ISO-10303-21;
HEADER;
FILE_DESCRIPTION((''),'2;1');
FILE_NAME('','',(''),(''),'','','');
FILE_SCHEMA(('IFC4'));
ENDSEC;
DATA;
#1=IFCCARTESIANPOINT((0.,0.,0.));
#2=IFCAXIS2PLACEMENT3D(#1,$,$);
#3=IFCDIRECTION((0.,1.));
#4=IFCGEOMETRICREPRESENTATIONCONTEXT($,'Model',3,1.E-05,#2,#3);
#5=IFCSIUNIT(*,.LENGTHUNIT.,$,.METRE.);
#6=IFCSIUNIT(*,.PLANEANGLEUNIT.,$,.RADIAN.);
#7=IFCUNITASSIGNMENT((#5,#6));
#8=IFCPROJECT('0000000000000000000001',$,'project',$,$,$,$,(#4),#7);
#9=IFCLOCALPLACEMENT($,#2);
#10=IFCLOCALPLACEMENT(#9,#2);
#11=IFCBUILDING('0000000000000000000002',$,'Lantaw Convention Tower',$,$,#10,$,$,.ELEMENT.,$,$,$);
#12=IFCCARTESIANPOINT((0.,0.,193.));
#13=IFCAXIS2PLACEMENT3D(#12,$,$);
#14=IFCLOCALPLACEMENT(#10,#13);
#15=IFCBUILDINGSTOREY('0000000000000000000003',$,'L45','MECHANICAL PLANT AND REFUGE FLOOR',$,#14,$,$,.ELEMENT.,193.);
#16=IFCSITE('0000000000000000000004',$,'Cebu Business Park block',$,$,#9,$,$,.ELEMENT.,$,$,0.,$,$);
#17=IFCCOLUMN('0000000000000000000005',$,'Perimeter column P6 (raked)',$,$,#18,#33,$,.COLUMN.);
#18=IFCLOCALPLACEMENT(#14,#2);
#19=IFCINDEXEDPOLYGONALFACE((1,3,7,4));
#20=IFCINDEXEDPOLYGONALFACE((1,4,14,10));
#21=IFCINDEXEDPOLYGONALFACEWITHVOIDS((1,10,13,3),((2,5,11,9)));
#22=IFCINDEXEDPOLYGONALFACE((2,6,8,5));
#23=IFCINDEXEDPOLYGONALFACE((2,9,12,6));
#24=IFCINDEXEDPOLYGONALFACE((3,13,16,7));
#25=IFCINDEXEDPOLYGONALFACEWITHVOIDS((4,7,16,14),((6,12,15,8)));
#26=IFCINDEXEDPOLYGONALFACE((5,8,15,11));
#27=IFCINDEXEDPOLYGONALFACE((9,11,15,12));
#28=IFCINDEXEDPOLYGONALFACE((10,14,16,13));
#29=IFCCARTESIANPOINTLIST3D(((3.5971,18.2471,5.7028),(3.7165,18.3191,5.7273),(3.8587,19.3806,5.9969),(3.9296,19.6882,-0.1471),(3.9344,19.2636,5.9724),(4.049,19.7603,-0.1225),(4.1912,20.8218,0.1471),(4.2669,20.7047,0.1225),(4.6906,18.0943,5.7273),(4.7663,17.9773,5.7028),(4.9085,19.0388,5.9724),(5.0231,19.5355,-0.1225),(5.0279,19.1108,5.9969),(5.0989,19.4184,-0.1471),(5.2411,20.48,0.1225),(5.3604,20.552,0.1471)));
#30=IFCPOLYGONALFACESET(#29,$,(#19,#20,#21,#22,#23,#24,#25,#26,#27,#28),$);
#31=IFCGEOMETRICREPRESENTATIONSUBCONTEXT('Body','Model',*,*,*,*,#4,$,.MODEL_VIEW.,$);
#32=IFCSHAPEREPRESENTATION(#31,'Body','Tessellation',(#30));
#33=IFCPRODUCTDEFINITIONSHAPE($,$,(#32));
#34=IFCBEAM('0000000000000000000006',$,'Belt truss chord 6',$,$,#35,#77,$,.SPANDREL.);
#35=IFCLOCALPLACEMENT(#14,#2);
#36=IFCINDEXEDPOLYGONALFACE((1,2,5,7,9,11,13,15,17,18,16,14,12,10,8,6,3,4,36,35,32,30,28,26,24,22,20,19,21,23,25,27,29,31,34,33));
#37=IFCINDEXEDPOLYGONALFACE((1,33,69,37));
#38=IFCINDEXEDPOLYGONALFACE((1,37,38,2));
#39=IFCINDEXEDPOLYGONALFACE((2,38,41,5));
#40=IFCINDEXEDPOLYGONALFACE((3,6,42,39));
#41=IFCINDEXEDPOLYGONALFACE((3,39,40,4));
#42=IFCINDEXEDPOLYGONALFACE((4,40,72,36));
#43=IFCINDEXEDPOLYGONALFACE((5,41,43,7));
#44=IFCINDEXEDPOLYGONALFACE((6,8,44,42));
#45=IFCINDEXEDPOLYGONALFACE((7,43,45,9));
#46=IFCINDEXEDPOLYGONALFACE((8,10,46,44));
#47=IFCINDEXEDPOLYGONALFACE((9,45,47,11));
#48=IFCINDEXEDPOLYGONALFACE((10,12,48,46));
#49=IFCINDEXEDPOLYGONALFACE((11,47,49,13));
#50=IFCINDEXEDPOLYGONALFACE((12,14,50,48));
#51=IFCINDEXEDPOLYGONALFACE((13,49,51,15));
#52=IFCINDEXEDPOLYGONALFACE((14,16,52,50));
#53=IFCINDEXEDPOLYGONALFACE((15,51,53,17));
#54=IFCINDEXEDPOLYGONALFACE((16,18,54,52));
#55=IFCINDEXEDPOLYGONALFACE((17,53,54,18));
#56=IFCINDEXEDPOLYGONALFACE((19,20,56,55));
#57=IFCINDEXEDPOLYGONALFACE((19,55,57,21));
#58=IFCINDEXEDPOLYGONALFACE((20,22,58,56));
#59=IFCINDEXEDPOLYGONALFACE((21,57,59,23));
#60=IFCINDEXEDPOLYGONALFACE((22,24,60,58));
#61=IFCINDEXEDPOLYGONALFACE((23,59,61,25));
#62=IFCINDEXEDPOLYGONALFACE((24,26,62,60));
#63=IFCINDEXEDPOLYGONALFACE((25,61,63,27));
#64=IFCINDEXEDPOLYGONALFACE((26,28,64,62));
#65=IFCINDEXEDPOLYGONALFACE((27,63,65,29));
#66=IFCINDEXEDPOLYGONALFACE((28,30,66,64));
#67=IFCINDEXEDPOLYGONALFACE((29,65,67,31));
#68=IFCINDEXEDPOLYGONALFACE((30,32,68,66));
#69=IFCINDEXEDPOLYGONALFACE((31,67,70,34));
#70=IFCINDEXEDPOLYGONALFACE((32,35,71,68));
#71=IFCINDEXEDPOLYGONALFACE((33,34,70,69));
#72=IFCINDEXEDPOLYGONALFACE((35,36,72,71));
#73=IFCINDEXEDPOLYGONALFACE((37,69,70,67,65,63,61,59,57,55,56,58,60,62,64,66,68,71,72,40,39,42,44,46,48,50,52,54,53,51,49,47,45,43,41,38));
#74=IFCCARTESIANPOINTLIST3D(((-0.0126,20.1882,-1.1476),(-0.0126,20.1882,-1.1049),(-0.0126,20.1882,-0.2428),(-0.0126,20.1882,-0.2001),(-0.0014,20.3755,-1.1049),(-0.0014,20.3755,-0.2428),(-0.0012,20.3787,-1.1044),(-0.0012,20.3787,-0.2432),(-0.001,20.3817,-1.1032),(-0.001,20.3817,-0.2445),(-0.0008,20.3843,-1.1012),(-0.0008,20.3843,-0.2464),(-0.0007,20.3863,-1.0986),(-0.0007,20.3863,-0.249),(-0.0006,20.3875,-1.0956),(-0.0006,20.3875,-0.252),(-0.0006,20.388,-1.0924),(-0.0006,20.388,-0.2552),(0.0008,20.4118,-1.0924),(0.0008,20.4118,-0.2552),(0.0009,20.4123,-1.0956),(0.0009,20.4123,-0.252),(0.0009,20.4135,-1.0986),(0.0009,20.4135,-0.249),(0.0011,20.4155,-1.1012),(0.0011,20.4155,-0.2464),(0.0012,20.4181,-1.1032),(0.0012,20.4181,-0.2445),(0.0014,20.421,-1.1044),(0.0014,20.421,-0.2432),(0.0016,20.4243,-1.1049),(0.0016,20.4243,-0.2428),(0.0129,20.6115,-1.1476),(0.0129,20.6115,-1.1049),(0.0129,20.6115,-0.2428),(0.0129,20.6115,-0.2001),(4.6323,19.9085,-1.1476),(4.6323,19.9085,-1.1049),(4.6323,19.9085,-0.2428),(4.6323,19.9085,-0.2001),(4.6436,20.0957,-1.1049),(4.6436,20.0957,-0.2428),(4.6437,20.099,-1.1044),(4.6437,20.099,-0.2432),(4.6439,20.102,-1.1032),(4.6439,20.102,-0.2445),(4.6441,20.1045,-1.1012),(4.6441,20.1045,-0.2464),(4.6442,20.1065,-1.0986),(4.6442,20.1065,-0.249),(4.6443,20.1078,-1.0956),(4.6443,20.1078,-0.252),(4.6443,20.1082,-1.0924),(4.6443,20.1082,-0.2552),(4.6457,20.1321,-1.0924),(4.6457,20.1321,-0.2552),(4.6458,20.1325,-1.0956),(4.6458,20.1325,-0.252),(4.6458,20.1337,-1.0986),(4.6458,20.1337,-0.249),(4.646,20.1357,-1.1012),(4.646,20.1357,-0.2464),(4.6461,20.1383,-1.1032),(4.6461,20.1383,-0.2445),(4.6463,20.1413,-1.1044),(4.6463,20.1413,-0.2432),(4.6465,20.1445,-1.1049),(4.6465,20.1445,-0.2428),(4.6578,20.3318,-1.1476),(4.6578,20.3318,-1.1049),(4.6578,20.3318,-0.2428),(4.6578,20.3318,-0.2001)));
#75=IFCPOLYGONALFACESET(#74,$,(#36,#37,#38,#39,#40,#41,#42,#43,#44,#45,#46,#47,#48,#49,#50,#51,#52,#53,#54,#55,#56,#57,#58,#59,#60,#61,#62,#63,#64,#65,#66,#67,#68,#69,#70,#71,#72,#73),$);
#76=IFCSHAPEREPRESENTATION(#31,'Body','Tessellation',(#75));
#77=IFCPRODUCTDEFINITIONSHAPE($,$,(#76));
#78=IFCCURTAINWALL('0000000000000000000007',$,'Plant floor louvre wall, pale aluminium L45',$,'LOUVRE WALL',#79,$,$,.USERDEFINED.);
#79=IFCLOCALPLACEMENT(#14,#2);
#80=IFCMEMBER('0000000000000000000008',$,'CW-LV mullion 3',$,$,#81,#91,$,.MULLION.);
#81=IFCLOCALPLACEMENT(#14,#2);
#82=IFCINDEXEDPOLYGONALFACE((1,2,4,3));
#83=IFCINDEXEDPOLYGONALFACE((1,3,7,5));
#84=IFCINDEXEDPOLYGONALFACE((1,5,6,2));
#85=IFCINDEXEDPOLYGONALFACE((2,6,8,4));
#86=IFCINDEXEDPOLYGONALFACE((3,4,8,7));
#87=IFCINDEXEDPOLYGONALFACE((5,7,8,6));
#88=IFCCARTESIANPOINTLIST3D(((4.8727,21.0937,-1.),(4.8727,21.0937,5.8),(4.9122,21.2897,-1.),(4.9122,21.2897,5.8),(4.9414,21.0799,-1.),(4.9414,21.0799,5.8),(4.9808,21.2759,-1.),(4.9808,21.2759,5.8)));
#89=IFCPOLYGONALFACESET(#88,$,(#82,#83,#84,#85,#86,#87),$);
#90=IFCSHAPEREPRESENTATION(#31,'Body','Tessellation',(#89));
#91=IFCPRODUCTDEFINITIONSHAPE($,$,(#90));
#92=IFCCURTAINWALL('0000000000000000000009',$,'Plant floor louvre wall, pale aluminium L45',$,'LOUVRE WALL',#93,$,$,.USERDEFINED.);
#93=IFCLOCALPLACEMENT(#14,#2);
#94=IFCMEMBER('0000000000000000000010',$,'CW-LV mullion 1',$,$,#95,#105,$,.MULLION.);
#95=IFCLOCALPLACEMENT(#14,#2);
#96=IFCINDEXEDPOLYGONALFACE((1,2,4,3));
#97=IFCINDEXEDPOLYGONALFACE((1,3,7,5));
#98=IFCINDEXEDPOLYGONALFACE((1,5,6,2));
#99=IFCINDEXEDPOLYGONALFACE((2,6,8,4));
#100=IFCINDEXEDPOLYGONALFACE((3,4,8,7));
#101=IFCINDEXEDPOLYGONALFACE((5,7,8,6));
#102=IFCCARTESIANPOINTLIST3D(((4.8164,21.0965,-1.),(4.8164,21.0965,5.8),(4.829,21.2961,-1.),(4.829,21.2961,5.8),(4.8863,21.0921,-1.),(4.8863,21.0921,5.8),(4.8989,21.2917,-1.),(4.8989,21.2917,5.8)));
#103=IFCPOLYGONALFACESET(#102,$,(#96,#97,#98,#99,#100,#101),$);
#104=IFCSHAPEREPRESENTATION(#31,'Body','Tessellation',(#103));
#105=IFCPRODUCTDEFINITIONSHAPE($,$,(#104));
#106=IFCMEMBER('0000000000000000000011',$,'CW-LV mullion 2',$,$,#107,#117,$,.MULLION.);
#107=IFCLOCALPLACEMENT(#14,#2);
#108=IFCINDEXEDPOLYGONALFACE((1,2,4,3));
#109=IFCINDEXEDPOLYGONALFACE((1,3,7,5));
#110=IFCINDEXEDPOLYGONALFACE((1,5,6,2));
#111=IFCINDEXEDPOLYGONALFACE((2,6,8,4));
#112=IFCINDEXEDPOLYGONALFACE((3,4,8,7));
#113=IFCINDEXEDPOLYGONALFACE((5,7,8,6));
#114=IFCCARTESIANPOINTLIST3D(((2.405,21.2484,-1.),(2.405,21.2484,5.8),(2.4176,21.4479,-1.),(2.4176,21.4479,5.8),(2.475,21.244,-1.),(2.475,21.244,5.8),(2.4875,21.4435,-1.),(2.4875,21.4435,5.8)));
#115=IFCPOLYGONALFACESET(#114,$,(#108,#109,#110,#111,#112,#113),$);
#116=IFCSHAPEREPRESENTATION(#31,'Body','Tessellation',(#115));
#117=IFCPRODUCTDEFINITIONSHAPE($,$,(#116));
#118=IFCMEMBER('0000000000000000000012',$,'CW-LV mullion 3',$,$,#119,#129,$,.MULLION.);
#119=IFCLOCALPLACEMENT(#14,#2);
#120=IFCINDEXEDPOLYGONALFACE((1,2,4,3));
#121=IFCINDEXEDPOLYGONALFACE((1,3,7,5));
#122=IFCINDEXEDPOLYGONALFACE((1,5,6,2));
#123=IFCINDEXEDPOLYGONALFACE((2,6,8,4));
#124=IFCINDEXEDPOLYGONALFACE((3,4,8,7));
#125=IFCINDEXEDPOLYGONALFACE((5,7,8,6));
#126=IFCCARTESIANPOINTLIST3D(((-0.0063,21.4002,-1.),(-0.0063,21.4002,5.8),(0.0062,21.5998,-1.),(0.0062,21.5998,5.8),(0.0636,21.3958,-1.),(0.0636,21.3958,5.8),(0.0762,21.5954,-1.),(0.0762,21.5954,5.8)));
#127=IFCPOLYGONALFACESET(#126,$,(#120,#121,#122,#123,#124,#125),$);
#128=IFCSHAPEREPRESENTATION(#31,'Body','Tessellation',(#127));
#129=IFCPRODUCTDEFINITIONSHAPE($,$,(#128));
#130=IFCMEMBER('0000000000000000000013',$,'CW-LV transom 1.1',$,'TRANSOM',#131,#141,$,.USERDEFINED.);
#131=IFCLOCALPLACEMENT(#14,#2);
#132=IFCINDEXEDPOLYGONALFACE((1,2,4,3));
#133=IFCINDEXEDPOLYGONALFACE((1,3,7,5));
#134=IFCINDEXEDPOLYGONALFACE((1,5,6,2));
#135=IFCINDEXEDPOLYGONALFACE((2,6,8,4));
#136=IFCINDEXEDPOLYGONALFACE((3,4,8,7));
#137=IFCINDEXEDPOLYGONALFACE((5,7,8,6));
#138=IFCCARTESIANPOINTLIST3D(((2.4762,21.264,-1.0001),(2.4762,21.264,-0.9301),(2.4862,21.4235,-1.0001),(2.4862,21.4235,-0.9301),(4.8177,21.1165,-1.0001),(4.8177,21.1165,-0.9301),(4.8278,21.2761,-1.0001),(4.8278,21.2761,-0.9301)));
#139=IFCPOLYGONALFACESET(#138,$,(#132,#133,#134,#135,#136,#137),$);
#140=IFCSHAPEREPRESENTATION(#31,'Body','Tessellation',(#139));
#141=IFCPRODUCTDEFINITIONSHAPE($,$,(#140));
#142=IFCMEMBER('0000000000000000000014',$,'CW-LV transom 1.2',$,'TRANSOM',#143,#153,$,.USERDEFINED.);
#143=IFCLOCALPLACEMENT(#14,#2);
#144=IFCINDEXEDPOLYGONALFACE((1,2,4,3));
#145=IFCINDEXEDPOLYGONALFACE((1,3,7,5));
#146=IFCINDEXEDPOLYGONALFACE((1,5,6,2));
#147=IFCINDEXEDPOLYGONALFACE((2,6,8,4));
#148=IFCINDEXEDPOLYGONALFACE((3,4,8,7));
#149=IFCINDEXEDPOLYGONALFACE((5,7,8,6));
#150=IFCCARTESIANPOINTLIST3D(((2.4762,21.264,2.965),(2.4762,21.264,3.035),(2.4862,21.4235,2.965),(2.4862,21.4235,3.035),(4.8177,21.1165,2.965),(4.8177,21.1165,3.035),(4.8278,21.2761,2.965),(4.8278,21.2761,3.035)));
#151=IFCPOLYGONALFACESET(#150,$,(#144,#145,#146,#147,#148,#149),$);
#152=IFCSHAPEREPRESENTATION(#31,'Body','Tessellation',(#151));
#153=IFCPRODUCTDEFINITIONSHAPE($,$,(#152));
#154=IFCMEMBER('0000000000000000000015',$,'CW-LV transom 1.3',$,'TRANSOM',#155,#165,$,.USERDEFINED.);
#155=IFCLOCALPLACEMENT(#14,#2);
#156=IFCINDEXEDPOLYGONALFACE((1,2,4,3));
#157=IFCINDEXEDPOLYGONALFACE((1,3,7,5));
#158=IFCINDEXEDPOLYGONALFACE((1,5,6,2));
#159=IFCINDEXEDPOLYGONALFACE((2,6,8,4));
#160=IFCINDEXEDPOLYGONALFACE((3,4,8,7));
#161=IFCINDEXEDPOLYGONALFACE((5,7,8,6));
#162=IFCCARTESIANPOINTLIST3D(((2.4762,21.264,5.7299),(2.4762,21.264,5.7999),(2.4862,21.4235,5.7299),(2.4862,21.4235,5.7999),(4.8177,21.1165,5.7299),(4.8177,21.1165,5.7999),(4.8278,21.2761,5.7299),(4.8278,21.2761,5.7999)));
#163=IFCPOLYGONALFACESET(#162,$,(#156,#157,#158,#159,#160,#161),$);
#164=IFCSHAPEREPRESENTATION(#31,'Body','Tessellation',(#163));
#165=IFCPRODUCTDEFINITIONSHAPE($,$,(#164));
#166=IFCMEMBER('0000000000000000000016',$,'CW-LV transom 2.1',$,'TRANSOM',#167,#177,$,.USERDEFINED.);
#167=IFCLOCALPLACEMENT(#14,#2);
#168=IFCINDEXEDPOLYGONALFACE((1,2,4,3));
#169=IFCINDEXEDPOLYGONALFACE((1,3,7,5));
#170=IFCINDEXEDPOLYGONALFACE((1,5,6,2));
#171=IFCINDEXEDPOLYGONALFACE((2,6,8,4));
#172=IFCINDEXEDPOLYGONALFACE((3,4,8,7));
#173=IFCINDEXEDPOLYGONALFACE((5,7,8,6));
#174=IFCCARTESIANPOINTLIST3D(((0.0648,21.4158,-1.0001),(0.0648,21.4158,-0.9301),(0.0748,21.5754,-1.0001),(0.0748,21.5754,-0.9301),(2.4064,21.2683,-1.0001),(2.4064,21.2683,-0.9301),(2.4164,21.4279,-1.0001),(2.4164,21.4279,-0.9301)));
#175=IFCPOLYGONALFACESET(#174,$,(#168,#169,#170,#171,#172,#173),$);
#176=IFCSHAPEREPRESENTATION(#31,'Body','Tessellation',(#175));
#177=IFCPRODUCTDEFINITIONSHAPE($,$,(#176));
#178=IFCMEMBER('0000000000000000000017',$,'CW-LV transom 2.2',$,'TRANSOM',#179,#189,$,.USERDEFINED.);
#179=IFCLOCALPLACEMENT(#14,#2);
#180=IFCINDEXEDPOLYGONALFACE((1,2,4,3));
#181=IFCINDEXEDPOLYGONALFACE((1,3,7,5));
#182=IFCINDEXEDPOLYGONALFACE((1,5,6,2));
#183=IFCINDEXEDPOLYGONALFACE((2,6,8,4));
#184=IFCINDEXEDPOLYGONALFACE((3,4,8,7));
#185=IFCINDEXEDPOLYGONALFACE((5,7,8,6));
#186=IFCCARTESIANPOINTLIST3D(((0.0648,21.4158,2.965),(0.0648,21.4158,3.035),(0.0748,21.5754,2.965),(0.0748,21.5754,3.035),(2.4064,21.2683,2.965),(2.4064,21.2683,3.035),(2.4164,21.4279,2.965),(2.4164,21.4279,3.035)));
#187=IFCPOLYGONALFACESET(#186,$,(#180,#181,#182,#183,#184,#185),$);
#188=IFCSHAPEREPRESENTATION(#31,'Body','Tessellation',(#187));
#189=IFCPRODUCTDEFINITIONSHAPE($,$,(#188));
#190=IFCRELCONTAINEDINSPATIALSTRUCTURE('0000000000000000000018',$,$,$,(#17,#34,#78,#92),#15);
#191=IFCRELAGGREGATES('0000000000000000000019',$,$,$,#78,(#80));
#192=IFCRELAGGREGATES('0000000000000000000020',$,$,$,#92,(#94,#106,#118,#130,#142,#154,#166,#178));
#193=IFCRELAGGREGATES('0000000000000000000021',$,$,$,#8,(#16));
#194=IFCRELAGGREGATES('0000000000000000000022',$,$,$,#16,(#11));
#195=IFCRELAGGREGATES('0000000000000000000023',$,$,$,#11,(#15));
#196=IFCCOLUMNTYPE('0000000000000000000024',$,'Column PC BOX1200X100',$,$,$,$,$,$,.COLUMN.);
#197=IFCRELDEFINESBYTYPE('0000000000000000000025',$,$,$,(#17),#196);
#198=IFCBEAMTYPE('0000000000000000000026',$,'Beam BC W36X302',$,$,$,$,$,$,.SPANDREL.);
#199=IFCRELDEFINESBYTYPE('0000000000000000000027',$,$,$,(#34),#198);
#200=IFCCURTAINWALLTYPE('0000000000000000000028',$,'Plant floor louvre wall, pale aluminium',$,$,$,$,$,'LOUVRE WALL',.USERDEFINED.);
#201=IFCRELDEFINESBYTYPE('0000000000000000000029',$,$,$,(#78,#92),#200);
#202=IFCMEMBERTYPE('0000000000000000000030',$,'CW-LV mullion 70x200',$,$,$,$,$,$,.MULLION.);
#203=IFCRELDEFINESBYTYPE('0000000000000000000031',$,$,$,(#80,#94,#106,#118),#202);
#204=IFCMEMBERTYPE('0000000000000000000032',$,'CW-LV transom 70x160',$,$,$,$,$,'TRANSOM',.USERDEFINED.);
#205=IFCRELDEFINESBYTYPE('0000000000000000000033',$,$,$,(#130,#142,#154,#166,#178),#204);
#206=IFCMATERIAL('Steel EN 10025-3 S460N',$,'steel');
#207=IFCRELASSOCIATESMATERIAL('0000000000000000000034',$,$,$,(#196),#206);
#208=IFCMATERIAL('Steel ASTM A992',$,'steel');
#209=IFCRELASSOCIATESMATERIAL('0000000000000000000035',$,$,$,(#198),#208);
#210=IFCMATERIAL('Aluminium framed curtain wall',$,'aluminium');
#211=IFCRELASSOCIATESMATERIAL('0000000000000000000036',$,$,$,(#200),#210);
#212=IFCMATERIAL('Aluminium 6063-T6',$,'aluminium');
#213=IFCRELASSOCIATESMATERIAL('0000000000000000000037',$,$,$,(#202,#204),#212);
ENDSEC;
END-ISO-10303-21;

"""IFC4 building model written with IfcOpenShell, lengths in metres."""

from ifc_helpers import new_model, si_unit, direction, frame, origin, origin_2d, place, context, subcontext, project, spatial, rectangle, hollow_rectangle, i_section, extrude, material, material_profile, profile_set, type_object, element, aggregate, save


model = new_model("IFC4")

# Units and contexts
model_context = context("Model", 3, precision=1e-05, world=origin(), true_north=direction((0.0, 1.0)))
body_context = subcontext(model_context, "Body", "Model", "MODEL_VIEW")
ifc_project = project(units=[si_unit("LENGTHUNIT", "METRE"), si_unit("PLANEANGLEUNIT", "RADIAN")], contexts=[model_context])

# Site, building, storey
site_placement = place(None, origin())
site = spatial("IfcSite", under=ifc_project, at=site_placement, Name="Cebu Business Park block", CompositionType="ELEMENT", RefElevation=0.0)
building_placement = place(site_placement, origin())
building = spatial("IfcBuilding", under=site, at=building_placement, Name="Lantaw Convention Tower", CompositionType="ELEMENT")
storey_placement = place(building_placement, frame((0.0, 0.0, 193.0)))
storey = spatial("IfcBuildingStorey", under=building, at=storey_placement, Name="L45", Description="MECHANICAL PLANT AND REFUGE FLOOR", CompositionType="ELEMENT", Elevation=193.0)

# Column
ifc_material_1 = material(Name="Steel EN 10025-3 S460N", Category="steel")
ifc_material_profile_1 = material_profile(ifc_material_1, hollow_rectangle(XDim=1.2, YDim=1.2, WallThickness=0.1001, at=origin_2d()), Name="BOX1200X100")
ifc_material_2 = material(Name="Concrete C60/75", Category="concrete")
ifc_material_profile_2 = material_profile(ifc_material_2, rectangle(XDim=1.0, YDim=1.0, at=origin_2d()), Name="Concrete fill of BOX1200X100")
ifc_profile_set_1 = profile_set([ifc_material_profile_1, ifc_material_profile_2], Name="Steel EN 10025-3 S460N")
column_type = type_object("IfcColumnType", Name="Column PC BOX1200X100", PredefinedType="COLUMN", material=ifc_profile_set_1)
column_placement = place(storey_placement, frame((4.645, 20.1201, 0.0), z_axis=(-0.055108, -0.238843, 0.969493), x_axis=(0.9744, -0.224823, 0.0)))
element("IfcColumn", 1, at=column_placement, inside=storey, type_object=column_type, Name="Perimeter column P6 (raked)", PredefinedType="COLUMN", context=body_context, shape_type="SweptSolid", body=[
    extrude(hollow_rectangle(XDim=1.2, YDim=1.2, WallThickness=0.1001, at=origin_2d()), origin(), (0.0, 0.0, 1.0), 6.0339),
])

# Beam
ifc_material_3 = material(Name="Steel ASTM A992", Category="steel")
ifc_material_profile_3 = material_profile(ifc_material_3, i_section(OverallWidth=0.4241, OverallDepth=0.9475, WebThickness=0.0239, FlangeThickness=0.0427, FilletRadius=0.0125, at=origin_2d()), Name="W36X302")
ifc_profile_set_2 = profile_set([ifc_material_profile_3], Name="Steel ASTM A992")
beam_type = type_object("IfcBeamType", Name="Beam BC W36X302", PredefinedType="SPANDREL", material=ifc_profile_set_2)
beam_placement = place(storey_placement, frame((4.645, 20.1201, -0.6738), z_axis=(-0.998191, 0.060124, 0.0), x_axis=(-0.060124, -0.998191, 0.0)))
element("IfcBeam", 2, at=beam_placement, inside=storey, type_object=beam_type, Name="Belt truss chord 6", PredefinedType="SPANDREL", context=body_context, shape_type="SweptSolid", body=[
    extrude(i_section(OverallWidth=0.4241, OverallDepth=0.9475, WebThickness=0.0239, FlangeThickness=0.0427, FilletRadius=0.0125, at=origin_2d()), origin(), (0.0, 0.0, 1.0), 4.6533),
])

# Curtain wall, member
ifc_material_4 = material(Name="Aluminium framed curtain wall", Category="aluminium")
curtain_wall_type = type_object("IfcCurtainWallType", Name="Plant floor louvre wall, pale aluminium", ElementType="LOUVRE WALL", PredefinedType="USERDEFINED", material=ifc_material_4)
curtain_wall_1_placement = place(storey_placement, origin())
curtain_wall_1 = element("IfcCurtainWall", 3, at=curtain_wall_1_placement, inside=storey, type_object=curtain_wall_type, Name="Plant floor louvre wall, pale aluminium L45", ObjectType="LOUVRE WALL", PredefinedType="USERDEFINED")
ifc_material_5 = material(Name="Aluminium 6063-T6", Category="aluminium")
ifc_material_profile_4 = material_profile(ifc_material_5, rectangle(XDim=0.2, YDim=0.0701, at=origin_2d()), Name="CW-LV mullion 70x200")
ifc_profile_set_3 = profile_set([ifc_material_profile_4], Name="Aluminium 6063-T6")
member_type_1 = type_object("IfcMemberType", Name="CW-LV mullion 70x200", PredefinedType="MULLION", material=ifc_profile_set_3)
member_1_placement = place(storey_placement, frame((4.9268, 21.1848, -1.0), z_axis=(0.0, 0.0, 1.0), x_axis=(-0.197507, -0.980302, 0.0)))
member_1 = element("IfcMember", 4, at=member_1_placement, type_object=member_type_1, Name="CW-LV mullion 3", PredefinedType="MULLION", context=body_context, shape_type="SweptSolid", body=[
    extrude(rectangle(XDim=0.2, YDim=0.0701, at=origin_2d()), origin(), (0.0, 0.0, 1.0), 6.8),
])
aggregate(curtain_wall_1, [member_1])

# Curtain wall, members
curtain_wall_2_placement = place(storey_placement, origin())
curtain_wall_2 = element("IfcCurtainWall", 5, at=curtain_wall_2_placement, inside=storey, type_object=curtain_wall_type, Name="Plant floor louvre wall, pale aluminium L45", ObjectType="LOUVRE WALL", PredefinedType="USERDEFINED")
member_2_placement = place(storey_placement, frame((4.8577, 21.1941, -1.0), z_axis=(0.0, 0.0, 1.0), x_axis=(-0.062865, -0.998022, 0.0)))
member_2 = element("IfcMember", 6, at=member_2_placement, type_object=member_type_1, Name="CW-LV mullion 1", PredefinedType="MULLION", context=body_context, shape_type="SweptSolid", body=[
    extrude(rectangle(XDim=0.2, YDim=0.0701, at=origin_2d()), origin(), (0.0, 0.0, 1.0), 6.8),
])
member_3_placement = place(storey_placement, frame((2.4463, 21.3459, -1.0), z_axis=(0.0, 0.0, 1.0), x_axis=(-0.062865, -0.998022, 0.0)))
member_3 = element("IfcMember", 7, at=member_3_placement, type_object=member_type_1, Name="CW-LV mullion 2", PredefinedType="MULLION", context=body_context, shape_type="SweptSolid", body=[
    extrude(rectangle(XDim=0.2, YDim=0.0701, at=origin_2d()), origin(), (0.0, 0.0, 1.0), 6.8),
])
member_4_placement = place(storey_placement, frame((0.0349, 21.4978, -1.0), z_axis=(0.0, 0.0, 1.0), x_axis=(-0.062865, -0.998022, 0.0)))
member_4 = element("IfcMember", 8, at=member_4_placement, type_object=member_type_1, Name="CW-LV mullion 3", PredefinedType="MULLION", context=body_context, shape_type="SweptSolid", body=[
    extrude(rectangle(XDim=0.2, YDim=0.0701, at=origin_2d()), origin(), (0.0, 0.0, 1.0), 6.8),
])
ifc_material_profile_5 = material_profile(ifc_material_5, rectangle(XDim=0.1599, YDim=0.0701, at=origin_2d()), Name="CW-LV transom 70x160")
ifc_profile_set_4 = profile_set([ifc_material_profile_5], Name="Aluminium 6063-T6")
member_type_2 = type_object("IfcMemberType", Name="CW-LV transom 70x160", ElementType="TRANSOM", PredefinedType="USERDEFINED", material=ifc_profile_set_4)
member_5_placement = place(storey_placement, frame((4.8228, 21.1963, -0.9651), z_axis=(-0.998023, 0.062851, 0.0), x_axis=(-0.062851, -0.998023, 0.0)))
member_5 = element("IfcMember", 9, at=member_5_placement, type_object=member_type_2, Name="CW-LV transom 1.1", ObjectType="TRANSOM", PredefinedType="USERDEFINED", context=body_context, shape_type="SweptSolid", body=[
    extrude(rectangle(XDim=0.1599, YDim=0.0701, at=origin_2d()), origin(), (0.0, 0.0, 1.0), 2.3462),
])
member_6_placement = place(storey_placement, frame((4.8228, 21.1963, 3.0), z_axis=(-0.998023, 0.062851, 0.0), x_axis=(-0.062851, -0.998023, 0.0)))
member_6 = element("IfcMember", 10, at=member_6_placement, type_object=member_type_2, Name="CW-LV transom 1.2", ObjectType="TRANSOM", PredefinedType="USERDEFINED", context=body_context, shape_type="SweptSolid", body=[
    extrude(rectangle(XDim=0.1599, YDim=0.0701, at=origin_2d()), origin(), (0.0, 0.0, 1.0), 2.3462),
])
member_7_placement = place(storey_placement, frame((4.8228, 21.1963, 5.7649), z_axis=(-0.998023, 0.062851, 0.0), x_axis=(-0.062851, -0.998023, 0.0)))
member_7 = element("IfcMember", 11, at=member_7_placement, type_object=member_type_2, Name="CW-LV transom 1.3", ObjectType="TRANSOM", PredefinedType="USERDEFINED", context=body_context, shape_type="SweptSolid", body=[
    extrude(rectangle(XDim=0.1599, YDim=0.0701, at=origin_2d()), origin(), (0.0, 0.0, 1.0), 2.3462),
])
member_8_placement = place(storey_placement, frame((2.4114, 21.3481, -0.9651), z_axis=(-0.998023, 0.062851, 0.0), x_axis=(-0.062851, -0.998023, 0.0)))
member_8 = element("IfcMember", 12, at=member_8_placement, type_object=member_type_2, Name="CW-LV transom 2.1", ObjectType="TRANSOM", PredefinedType="USERDEFINED", context=body_context, shape_type="SweptSolid", body=[
    extrude(rectangle(XDim=0.1599, YDim=0.0701, at=origin_2d()), origin(), (0.0, 0.0, 1.0), 2.3462),
])
member_9_placement = place(storey_placement, frame((2.4114, 21.3481, 3.0), z_axis=(-0.998023, 0.062851, 0.0), x_axis=(-0.062851, -0.998023, 0.0)))
member_9 = element("IfcMember", 13, at=member_9_placement, type_object=member_type_2, Name="CW-LV transom 2.2", ObjectType="TRANSOM", PredefinedType="USERDEFINED", context=body_context, shape_type="SweptSolid", body=[
    extrude(rectangle(XDim=0.1599, YDim=0.0701, at=origin_2d()), origin(), (0.0, 0.0, 1.0), 2.3462),
])

aggregate(curtain_wall_2, [member_2, member_3, member_4, member_5, member_6, member_7, member_8, member_9])

save(model, "model.ifc")
